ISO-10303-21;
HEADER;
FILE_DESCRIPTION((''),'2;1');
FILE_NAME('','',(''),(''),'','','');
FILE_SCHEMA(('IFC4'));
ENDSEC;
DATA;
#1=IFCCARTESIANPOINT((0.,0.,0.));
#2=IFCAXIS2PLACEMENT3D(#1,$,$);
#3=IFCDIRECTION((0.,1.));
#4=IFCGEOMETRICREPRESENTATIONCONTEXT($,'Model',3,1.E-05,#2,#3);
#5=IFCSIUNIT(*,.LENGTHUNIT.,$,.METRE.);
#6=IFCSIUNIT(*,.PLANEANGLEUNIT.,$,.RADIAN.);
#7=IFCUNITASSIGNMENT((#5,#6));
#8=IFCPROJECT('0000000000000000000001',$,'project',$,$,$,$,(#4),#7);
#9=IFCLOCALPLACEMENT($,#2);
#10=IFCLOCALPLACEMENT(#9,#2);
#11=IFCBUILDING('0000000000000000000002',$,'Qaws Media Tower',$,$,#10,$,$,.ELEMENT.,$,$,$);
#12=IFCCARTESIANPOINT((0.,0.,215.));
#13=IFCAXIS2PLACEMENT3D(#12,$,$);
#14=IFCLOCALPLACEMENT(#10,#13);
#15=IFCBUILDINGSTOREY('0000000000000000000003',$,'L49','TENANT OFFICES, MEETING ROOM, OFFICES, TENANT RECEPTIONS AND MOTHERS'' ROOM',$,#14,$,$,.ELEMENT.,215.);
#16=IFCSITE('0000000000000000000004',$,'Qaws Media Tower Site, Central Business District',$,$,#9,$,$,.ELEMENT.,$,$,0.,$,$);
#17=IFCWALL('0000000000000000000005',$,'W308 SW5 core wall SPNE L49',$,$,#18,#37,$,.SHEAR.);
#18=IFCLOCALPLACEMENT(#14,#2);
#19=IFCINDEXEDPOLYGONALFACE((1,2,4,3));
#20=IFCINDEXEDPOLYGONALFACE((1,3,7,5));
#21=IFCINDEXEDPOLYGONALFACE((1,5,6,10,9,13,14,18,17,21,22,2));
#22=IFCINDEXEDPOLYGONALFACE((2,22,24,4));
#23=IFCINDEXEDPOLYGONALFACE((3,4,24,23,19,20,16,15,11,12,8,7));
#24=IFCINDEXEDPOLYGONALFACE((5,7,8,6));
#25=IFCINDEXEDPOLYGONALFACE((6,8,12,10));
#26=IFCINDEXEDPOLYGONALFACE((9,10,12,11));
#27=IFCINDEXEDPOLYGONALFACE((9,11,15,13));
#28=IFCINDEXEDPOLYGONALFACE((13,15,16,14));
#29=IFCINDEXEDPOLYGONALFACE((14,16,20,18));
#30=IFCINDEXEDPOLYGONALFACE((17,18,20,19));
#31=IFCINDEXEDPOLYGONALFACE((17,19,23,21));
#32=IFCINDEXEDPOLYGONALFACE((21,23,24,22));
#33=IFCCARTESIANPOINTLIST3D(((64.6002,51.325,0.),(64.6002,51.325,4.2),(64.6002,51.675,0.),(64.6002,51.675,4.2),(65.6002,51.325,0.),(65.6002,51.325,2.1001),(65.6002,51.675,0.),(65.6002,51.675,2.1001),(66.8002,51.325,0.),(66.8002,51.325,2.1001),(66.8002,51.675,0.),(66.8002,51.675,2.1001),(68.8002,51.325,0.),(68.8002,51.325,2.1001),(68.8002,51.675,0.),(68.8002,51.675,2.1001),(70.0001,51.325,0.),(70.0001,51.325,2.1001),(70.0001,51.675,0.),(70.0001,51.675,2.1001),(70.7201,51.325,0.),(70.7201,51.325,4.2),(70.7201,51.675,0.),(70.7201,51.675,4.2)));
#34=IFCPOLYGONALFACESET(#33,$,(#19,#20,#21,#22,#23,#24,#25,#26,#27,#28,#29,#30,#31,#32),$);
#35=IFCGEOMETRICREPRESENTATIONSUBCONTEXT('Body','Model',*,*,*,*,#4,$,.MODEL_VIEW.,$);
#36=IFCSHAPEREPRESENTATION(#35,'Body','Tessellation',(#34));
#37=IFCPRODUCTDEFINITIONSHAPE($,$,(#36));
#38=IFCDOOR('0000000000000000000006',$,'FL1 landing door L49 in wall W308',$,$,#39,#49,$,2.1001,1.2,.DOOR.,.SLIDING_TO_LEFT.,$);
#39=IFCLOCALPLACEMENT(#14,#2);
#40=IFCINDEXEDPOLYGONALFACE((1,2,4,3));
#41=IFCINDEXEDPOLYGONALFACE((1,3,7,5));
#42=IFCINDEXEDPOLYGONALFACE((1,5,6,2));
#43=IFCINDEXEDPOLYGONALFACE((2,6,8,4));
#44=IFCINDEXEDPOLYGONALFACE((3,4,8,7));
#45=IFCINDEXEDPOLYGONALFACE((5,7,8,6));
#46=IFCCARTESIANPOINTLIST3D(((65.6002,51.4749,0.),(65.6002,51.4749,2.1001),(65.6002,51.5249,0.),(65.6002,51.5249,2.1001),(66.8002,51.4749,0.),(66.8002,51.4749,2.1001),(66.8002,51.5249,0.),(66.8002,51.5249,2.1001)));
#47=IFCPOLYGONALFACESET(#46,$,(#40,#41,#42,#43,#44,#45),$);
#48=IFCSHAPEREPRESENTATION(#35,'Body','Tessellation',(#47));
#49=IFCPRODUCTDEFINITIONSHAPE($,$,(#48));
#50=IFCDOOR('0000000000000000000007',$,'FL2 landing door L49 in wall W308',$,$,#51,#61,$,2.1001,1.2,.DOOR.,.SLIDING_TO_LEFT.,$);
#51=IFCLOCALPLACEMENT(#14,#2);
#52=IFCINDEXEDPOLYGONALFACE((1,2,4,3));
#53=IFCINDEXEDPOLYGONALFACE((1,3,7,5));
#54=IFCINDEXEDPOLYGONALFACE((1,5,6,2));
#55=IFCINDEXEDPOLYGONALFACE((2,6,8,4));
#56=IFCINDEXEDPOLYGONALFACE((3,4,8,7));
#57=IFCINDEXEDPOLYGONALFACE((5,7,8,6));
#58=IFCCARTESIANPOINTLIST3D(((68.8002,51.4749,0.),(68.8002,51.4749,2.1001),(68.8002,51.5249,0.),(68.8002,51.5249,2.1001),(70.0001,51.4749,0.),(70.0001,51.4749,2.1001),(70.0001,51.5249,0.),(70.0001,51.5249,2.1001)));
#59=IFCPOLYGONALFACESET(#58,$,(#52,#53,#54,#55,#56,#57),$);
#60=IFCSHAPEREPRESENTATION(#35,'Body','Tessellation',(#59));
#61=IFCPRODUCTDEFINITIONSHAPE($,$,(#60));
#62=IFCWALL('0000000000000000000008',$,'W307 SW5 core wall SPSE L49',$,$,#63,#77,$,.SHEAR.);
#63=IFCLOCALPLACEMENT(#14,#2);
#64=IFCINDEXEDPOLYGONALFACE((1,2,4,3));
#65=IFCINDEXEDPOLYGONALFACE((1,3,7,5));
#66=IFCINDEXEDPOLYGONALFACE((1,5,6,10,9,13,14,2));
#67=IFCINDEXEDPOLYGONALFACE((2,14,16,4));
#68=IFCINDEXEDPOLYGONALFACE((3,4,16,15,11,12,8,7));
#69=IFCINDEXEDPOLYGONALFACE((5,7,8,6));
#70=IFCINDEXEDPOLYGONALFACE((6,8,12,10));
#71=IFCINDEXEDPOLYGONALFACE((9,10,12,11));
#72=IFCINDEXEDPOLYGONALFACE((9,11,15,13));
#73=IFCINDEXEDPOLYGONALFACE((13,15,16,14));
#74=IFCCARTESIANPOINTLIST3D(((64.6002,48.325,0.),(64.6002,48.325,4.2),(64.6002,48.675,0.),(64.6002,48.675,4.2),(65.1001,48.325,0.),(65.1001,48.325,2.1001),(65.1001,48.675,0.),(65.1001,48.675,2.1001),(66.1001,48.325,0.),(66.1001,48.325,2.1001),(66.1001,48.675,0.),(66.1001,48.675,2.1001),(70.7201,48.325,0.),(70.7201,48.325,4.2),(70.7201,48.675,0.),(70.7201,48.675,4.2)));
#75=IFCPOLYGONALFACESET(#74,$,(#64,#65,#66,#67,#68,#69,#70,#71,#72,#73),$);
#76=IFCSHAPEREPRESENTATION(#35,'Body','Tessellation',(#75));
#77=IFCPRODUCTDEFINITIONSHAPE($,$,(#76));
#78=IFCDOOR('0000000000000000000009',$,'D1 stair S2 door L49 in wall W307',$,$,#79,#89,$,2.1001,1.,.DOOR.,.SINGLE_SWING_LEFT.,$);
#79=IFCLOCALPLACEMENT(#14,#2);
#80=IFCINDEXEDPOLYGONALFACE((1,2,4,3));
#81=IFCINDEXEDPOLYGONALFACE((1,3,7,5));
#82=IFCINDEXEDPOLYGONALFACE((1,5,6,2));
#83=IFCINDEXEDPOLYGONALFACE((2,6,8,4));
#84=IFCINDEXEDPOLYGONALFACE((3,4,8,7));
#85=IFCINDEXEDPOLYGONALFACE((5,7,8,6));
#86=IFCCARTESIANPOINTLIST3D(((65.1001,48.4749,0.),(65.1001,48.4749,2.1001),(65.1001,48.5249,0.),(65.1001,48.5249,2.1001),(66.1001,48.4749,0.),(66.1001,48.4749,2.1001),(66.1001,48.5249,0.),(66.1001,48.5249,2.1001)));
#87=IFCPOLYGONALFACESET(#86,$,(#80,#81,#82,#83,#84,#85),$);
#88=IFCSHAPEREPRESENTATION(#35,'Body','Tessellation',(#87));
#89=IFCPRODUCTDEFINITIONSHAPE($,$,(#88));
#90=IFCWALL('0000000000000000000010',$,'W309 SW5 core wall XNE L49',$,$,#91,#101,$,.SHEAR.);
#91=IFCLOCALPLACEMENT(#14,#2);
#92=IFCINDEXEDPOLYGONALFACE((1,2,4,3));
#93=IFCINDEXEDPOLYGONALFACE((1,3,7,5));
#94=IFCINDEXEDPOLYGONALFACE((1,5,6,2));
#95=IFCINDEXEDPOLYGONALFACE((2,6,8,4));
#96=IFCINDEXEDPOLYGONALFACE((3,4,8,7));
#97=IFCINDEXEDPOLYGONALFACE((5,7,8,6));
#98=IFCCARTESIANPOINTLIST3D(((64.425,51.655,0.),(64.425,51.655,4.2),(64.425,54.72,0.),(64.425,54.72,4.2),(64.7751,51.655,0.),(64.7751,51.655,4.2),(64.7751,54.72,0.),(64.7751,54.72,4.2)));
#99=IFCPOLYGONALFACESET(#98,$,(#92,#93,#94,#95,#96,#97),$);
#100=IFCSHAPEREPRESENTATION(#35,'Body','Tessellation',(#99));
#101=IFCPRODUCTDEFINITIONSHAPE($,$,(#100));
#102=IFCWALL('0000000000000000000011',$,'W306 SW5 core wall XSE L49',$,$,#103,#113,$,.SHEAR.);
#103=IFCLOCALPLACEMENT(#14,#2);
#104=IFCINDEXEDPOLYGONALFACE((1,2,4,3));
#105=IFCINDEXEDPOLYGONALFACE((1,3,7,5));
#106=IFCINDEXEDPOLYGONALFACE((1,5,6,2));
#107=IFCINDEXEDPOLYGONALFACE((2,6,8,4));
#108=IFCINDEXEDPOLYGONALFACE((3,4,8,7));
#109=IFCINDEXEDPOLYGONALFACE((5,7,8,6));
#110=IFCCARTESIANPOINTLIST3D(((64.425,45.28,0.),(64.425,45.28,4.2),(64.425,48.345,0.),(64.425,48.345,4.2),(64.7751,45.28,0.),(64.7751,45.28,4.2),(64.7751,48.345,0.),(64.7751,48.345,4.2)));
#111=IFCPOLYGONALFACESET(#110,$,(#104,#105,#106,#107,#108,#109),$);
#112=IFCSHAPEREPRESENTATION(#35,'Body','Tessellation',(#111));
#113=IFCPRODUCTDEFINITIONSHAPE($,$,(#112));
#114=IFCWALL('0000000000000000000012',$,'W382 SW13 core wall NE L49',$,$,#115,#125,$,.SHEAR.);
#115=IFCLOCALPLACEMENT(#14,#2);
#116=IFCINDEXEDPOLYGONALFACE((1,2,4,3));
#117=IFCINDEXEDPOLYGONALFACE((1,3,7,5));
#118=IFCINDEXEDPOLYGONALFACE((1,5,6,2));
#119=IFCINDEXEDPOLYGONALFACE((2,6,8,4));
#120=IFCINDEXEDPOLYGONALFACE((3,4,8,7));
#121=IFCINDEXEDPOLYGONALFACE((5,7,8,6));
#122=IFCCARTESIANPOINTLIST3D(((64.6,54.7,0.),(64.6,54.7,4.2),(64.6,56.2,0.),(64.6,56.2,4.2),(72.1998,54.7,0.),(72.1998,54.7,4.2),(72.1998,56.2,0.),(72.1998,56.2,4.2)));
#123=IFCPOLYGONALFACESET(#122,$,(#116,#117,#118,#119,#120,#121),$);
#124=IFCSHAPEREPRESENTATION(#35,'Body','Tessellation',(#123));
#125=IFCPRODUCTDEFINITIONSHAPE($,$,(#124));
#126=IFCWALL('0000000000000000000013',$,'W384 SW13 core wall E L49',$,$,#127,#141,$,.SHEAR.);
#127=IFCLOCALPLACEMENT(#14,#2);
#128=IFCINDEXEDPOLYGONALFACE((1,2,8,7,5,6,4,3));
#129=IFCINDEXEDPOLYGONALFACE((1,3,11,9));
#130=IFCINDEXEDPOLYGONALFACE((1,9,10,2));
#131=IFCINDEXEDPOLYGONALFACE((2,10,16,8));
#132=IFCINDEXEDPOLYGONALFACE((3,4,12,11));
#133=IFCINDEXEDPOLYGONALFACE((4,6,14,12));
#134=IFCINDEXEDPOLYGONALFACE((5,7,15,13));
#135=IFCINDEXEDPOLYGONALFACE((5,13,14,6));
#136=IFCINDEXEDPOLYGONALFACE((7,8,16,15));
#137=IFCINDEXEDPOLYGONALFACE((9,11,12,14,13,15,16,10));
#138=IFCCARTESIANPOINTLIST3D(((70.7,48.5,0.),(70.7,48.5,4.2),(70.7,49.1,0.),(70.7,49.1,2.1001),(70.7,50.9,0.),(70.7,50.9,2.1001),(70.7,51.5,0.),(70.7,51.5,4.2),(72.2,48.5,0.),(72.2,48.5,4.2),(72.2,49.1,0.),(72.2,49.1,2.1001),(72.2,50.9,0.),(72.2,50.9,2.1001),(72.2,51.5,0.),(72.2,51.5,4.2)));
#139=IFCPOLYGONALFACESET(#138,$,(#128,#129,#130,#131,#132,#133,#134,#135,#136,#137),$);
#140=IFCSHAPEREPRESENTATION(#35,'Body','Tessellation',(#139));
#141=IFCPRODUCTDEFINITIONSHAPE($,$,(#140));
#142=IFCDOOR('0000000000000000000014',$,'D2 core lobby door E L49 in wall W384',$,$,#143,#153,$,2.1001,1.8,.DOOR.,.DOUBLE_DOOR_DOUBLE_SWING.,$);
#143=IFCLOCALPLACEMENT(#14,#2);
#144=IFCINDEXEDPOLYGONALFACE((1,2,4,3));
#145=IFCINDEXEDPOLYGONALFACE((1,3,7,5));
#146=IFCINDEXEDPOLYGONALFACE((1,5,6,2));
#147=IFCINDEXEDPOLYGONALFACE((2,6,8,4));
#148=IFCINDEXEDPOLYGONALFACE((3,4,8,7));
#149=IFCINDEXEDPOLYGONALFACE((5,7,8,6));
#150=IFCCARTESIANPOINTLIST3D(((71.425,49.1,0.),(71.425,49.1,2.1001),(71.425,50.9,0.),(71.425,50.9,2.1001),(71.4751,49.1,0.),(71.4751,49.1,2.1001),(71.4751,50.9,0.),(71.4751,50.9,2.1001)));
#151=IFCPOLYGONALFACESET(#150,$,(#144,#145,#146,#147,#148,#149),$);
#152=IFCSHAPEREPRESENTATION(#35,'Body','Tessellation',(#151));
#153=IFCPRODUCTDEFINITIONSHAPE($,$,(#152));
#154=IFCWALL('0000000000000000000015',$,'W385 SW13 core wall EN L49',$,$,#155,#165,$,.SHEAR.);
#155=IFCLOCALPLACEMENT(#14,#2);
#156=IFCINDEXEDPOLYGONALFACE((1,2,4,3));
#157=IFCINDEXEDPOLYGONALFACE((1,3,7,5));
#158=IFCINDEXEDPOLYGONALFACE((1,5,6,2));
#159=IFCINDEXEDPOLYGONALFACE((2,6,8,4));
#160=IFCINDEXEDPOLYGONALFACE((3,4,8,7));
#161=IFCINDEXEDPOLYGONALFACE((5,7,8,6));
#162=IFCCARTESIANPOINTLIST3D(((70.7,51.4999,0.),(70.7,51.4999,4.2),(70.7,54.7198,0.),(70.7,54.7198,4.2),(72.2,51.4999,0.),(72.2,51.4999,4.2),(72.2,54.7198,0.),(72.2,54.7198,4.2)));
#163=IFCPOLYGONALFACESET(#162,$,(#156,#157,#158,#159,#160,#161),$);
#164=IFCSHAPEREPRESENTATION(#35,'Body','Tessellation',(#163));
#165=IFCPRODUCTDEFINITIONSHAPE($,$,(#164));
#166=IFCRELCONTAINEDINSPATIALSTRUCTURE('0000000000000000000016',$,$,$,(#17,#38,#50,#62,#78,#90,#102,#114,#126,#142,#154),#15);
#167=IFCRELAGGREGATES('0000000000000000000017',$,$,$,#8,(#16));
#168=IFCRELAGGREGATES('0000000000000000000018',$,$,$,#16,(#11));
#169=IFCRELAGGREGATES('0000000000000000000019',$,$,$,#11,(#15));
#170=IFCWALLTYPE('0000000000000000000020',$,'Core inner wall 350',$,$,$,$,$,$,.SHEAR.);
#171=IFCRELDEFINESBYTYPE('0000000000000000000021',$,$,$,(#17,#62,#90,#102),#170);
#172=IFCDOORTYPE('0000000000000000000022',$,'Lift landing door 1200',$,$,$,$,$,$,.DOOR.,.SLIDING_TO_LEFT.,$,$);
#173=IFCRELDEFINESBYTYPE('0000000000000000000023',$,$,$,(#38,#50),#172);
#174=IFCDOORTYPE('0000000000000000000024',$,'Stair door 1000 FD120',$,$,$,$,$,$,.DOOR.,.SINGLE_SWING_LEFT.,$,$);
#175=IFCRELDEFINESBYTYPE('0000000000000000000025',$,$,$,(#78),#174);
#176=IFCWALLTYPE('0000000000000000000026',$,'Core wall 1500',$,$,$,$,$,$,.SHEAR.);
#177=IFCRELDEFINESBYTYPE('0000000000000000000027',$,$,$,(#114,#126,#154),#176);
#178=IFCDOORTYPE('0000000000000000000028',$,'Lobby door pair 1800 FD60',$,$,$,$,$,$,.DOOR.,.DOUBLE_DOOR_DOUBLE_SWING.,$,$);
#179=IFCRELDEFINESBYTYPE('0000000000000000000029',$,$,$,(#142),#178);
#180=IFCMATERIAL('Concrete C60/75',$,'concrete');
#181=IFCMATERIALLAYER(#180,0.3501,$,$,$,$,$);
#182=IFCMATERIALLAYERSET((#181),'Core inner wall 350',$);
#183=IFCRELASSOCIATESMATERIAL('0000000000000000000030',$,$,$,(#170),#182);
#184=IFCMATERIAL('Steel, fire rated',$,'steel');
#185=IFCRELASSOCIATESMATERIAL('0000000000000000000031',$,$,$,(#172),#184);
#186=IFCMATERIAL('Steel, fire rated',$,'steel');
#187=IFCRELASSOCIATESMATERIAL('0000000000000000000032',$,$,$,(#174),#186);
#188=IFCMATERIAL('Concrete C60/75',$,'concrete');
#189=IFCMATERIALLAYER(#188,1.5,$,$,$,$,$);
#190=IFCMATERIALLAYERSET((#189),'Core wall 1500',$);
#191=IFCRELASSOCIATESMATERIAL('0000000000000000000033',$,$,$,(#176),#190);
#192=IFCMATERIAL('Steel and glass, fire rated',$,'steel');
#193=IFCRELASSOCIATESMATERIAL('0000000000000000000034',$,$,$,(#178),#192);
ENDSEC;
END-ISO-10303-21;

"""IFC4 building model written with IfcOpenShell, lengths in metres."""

from ifc_helpers import new_model, si_unit, direction, frame, frame_2d, origin, place, context, subcontext, project, spatial, rectangle, extrude, material, layer, layer_set, type_object, element, fill, save


model = new_model("IFC4")

# Units and contexts
model_context = context("Model", 3, precision=1e-05, world=origin(), true_north=direction((0.0, 1.0)))
body_context = subcontext(model_context, "Body", "Model", "MODEL_VIEW")
ifc_project = project(units=[si_unit("LENGTHUNIT", "METRE"), si_unit("PLANEANGLEUNIT", "RADIAN")], contexts=[model_context])

# Site, building, storey
site_placement = place(None, origin())
site = spatial("IfcSite", under=ifc_project, at=site_placement, Name="Qaws Media Tower Site, Central Business District", CompositionType="ELEMENT", RefElevation=0.0)
building_placement = place(site_placement, origin())
building = spatial("IfcBuilding", under=site, at=building_placement, Name="Qaws Media Tower", CompositionType="ELEMENT")
storey_placement = place(building_placement, frame((0.0, 0.0, 215.0)))
storey = spatial("IfcBuildingStorey", under=building, at=storey_placement, Name="L49", Description="TENANT OFFICES, MEETING ROOM, OFFICES, TENANT RECEPTIONS AND MOTHERS' ROOM", CompositionType="ELEMENT", Elevation=215.0)

# Wall, openings, doors
ifc_material_1 = material(Name="Concrete C60/75", Category="concrete")
ifc_layer_1 = layer(ifc_material_1, 0.3501)
ifc_layer_set_1 = layer_set([ifc_layer_1], Name="Core inner wall 350")
wall_type_1 = type_object("IfcWallType", Name="Core inner wall 350", PredefinedType="SHEAR", material=ifc_layer_set_1)
wall_1_placement = place(storey_placement, frame((64.6001, 51.5, 0.0), z_axis=(0.0, 0.0, 1.0), x_axis=(1.0, 0.0, 0.0)))
wall_1 = element("IfcWall", 1, at=wall_1_placement, inside=storey, type_object=wall_type_1, Name="W308 SW5 core wall SPNE L49", PredefinedType="SHEAR", context=body_context, shape_type="SweptSolid", body=[
    extrude(rectangle(XDim=6.1199, YDim=0.3501, at=frame_2d((3.0601, 0.0))), origin(), (0.0, 0.0, 1.0), 4.2),
])
opening_1_placement = place(wall_1_placement, frame((1.0, 0.0, 0.0)))
opening_1 = element("IfcOpeningElement", 2, at=opening_1_placement, cuts=wall_1, PredefinedType="OPENING", context=body_context, shape_type="SweptSolid", body=[
    extrude(rectangle(XDim=1.2, YDim=2.1001, at=frame_2d((0.6001, 1.05))), frame((0.0, 0.1851, 0.0), z_axis=(0.0, -1.0, 0.0), x_axis=(1.0, 0.0, 0.0)), (0.0, 0.0, 1.0), 0.3701),
])
opening_2_placement = place(wall_1_placement, frame((4.2, 0.0, 0.0)))
opening_2 = element("IfcOpeningElement", 3, at=opening_2_placement, cuts=wall_1, PredefinedType="OPENING", context=body_context, shape_type="SweptSolid", body=[
    extrude(rectangle(XDim=1.2, YDim=2.1001, at=frame_2d((0.6001, 1.05))), frame((0.0, 0.1851, 0.0), z_axis=(0.0, -1.0, 0.0), x_axis=(1.0, 0.0, 0.0)), (0.0, 0.0, 1.0), 0.3701),
])
ifc_material_2 = material(Name="Steel, fire rated", Category="steel")
door_type_1 = type_object("IfcDoorType", Name="Lift landing door 1200", OperationType="SLIDING_TO_LEFT", PredefinedType="DOOR", material=ifc_material_2)
door_1_placement = place(opening_1_placement, origin())
door_1 = element("IfcDoor", 4, at=door_1_placement, inside=storey, type_object=door_type_1, Name="FL1 landing door L49 in wall W308", OperationType="SLIDING_TO_LEFT", OverallHeight=2.1001, OverallWidth=1.2, PredefinedType="DOOR", context=body_context, shape_type="SweptSolid", body=[
    extrude(rectangle(XDim=1.2, YDim=2.1001, at=frame_2d((0.6001, 1.05))), frame((0.0, 0.0249, 0.0), z_axis=(0.0, -1.0, 0.0), x_axis=(1.0, 0.0, 0.0)), (0.0, 0.0, 1.0), 0.05),
])
fill(opening_1, door_1)
door_2_placement = place(opening_2_placement, origin())
door_2 = element("IfcDoor", 5, at=door_2_placement, inside=storey, type_object=door_type_1, Name="FL2 landing door L49 in wall W308", OperationType="SLIDING_TO_LEFT", OverallHeight=2.1001, OverallWidth=1.2, PredefinedType="DOOR", context=body_context, shape_type="SweptSolid", body=[
    extrude(rectangle(XDim=1.2, YDim=2.1001, at=frame_2d((0.6001, 1.05))), frame((0.0, 0.0249, 0.0), z_axis=(0.0, -1.0, 0.0), x_axis=(1.0, 0.0, 0.0)), (0.0, 0.0, 1.0), 0.05),
])
fill(opening_2, door_2)

# Wall, opening, door
wall_2_placement = place(storey_placement, frame((64.6001, 48.5, 0.0), z_axis=(0.0, 0.0, 1.0), x_axis=(1.0, 0.0, 0.0)))
wall_2 = element("IfcWall", 6, at=wall_2_placement, inside=storey, type_object=wall_type_1, Name="W307 SW5 core wall SPSE L49", PredefinedType="SHEAR", context=body_context, shape_type="SweptSolid", body=[
    extrude(rectangle(XDim=6.1199, YDim=0.3501, at=frame_2d((3.0601, 0.0))), origin(), (0.0, 0.0, 1.0), 4.2),
])
opening_3_placement = place(wall_2_placement, frame((0.5, 0.0, 0.0)))
opening_3 = element("IfcOpeningElement", 7, at=opening_3_placement, cuts=wall_2, PredefinedType="OPENING", context=body_context, shape_type="SweptSolid", body=[
    extrude(rectangle(XDim=1.0, YDim=2.1001, at=frame_2d((0.5, 1.05))), frame((0.0, 0.1851, 0.0), z_axis=(0.0, -1.0, 0.0), x_axis=(1.0, 0.0, 0.0)), (0.0, 0.0, 1.0), 0.3701),
])
ifc_material_3 = material(Name="Steel, fire rated", Category="steel")
door_type_2 = type_object("IfcDoorType", Name="Stair door 1000 FD120", OperationType="SINGLE_SWING_LEFT", PredefinedType="DOOR", material=ifc_material_3)
door_3_placement = place(opening_3_placement, origin())
door_3 = element("IfcDoor", 8, at=door_3_placement, inside=storey, type_object=door_type_2, Name="D1 stair S2 door L49 in wall W307", OperationType="SINGLE_SWING_LEFT", OverallHeight=2.1001, OverallWidth=1.0, PredefinedType="DOOR", context=body_context, shape_type="SweptSolid", body=[
    extrude(rectangle(XDim=1.0, YDim=2.1001, at=frame_2d((0.5, 1.05))), frame((0.0, 0.0249, 0.0), z_axis=(0.0, -1.0, 0.0), x_axis=(1.0, 0.0, 0.0)), (0.0, 0.0, 1.0), 0.05),
])
fill(opening_3, door_3)

# Walls
for number, where, z_axis, x_axis, name in (
    (9, (64.6001, 51.655, 0.0), (0.0, 0.0, 1.0), (0.0, 1.0, 0.0), "W309 SW5 core wall XNE L49"),
    (10, (64.6001, 48.345, 0.0), (0.0, 0.0, 1.0), (0.0, -1.0, 0.0), "W306 SW5 core wall XSE L49"),
):
    element("IfcWall", number, at=place(storey_placement, frame(where, z_axis=z_axis, x_axis=x_axis)), inside=storey, type_object=wall_type_1, Name=name, PredefinedType="SHEAR", context=body_context, shape_type="SweptSolid", body=[
        extrude(rectangle(XDim=3.0649, YDim=0.3501, at=frame_2d((1.5325, 0.0))), origin(), (0.0, 0.0, 1.0), 4.2),
    ])
ifc_material_4 = material(Name="Concrete C60/75", Category="concrete")
ifc_layer_2 = layer(ifc_material_4, 1.5)
ifc_layer_set_2 = layer_set([ifc_layer_2], Name="Core wall 1500")
wall_type_2 = type_object("IfcWallType", Name="Core wall 1500", PredefinedType="SHEAR", material=ifc_layer_set_2)
wall_3_placement = place(storey_placement, frame((64.6001, 55.45, 0.0), z_axis=(0.0, 0.0, 1.0), x_axis=(1.0, 0.0, 0.0)))
element("IfcWall", 11, at=wall_3_placement, inside=storey, type_object=wall_type_2, Name="W382 SW13 core wall NE L49", PredefinedType="SHEAR", context=body_context, shape_type="SweptSolid", body=[
    extrude(rectangle(XDim=7.5999, YDim=1.5, at=frame_2d((3.7998, 0.0))), origin(), (0.0, 0.0, 1.0), 4.2),
])

# Wall, opening, door
wall_4_placement = place(storey_placement, frame((71.45, 48.5, 0.0), z_axis=(0.0, 0.0, 1.0), x_axis=(0.0, 1.0, 0.0)))
wall_4 = element("IfcWall", 12, at=wall_4_placement, inside=storey, type_object=wall_type_2, Name="W384 SW13 core wall E L49", PredefinedType="SHEAR", context=body_context, shape_type="SweptSolid", body=[
    extrude(rectangle(XDim=3.0, YDim=1.5, at=frame_2d((1.5, 0.0))), origin(), (0.0, 0.0, 1.0), 4.2),
])
opening_4_placement = place(wall_4_placement, frame((0.6001, 0.0, 0.0)))
opening_4 = element("IfcOpeningElement", 13, at=opening_4_placement, cuts=wall_4, PredefinedType="OPENING", context=body_context, shape_type="SweptSolid", body=[
    extrude(rectangle(XDim=1.8, YDim=2.1001, at=frame_2d((0.8999, 1.05))), frame((0.0, 0.76, 0.0), z_axis=(0.0, -1.0, 0.0), x_axis=(1.0, 0.0, 0.0)), (0.0, 0.0, 1.0), 1.52),
])
ifc_material_5 = material(Name="Steel and glass, fire rated", Category="steel")
door_type_3 = type_object("IfcDoorType", Name="Lobby door pair 1800 FD60", OperationType="DOUBLE_DOOR_DOUBLE_SWING", PredefinedType="DOOR", material=ifc_material_5)
door_4_placement = place(opening_4_placement, origin())
door_4 = element("IfcDoor", 14, at=door_4_placement, inside=storey, type_object=door_type_3, Name="D2 core lobby door E L49 in wall W384", OperationType="DOUBLE_DOOR_DOUBLE_SWING", OverallHeight=2.1001, OverallWidth=1.8, PredefinedType="DOOR", context=body_context, shape_type="SweptSolid", body=[
    extrude(rectangle(XDim=1.8, YDim=2.1001, at=frame_2d((0.8999, 1.05))), frame((0.0, 0.0249, 0.0), z_axis=(0.0, -1.0, 0.0), x_axis=(1.0, 0.0, 0.0)), (0.0, 0.0, 1.0), 0.05),
])
fill(opening_4, door_4)

# Wall
wall_5_placement = place(storey_placement, frame((71.45, 51.5, 0.0), z_axis=(0.0, 0.0, 1.0), x_axis=(0.0, 1.0, 0.0)))
element("IfcWall", 15, at=wall_5_placement, inside=storey, type_object=wall_type_2, Name="W385 SW13 core wall EN L49", PredefinedType="SHEAR", context=body_context, shape_type="SweptSolid", body=[
    extrude(rectangle(XDim=3.22, YDim=1.5, at=frame_2d((1.6099, 0.0))), origin(), (0.0, 0.0, 1.0), 4.2),
])

save(model, "model.ifc")
